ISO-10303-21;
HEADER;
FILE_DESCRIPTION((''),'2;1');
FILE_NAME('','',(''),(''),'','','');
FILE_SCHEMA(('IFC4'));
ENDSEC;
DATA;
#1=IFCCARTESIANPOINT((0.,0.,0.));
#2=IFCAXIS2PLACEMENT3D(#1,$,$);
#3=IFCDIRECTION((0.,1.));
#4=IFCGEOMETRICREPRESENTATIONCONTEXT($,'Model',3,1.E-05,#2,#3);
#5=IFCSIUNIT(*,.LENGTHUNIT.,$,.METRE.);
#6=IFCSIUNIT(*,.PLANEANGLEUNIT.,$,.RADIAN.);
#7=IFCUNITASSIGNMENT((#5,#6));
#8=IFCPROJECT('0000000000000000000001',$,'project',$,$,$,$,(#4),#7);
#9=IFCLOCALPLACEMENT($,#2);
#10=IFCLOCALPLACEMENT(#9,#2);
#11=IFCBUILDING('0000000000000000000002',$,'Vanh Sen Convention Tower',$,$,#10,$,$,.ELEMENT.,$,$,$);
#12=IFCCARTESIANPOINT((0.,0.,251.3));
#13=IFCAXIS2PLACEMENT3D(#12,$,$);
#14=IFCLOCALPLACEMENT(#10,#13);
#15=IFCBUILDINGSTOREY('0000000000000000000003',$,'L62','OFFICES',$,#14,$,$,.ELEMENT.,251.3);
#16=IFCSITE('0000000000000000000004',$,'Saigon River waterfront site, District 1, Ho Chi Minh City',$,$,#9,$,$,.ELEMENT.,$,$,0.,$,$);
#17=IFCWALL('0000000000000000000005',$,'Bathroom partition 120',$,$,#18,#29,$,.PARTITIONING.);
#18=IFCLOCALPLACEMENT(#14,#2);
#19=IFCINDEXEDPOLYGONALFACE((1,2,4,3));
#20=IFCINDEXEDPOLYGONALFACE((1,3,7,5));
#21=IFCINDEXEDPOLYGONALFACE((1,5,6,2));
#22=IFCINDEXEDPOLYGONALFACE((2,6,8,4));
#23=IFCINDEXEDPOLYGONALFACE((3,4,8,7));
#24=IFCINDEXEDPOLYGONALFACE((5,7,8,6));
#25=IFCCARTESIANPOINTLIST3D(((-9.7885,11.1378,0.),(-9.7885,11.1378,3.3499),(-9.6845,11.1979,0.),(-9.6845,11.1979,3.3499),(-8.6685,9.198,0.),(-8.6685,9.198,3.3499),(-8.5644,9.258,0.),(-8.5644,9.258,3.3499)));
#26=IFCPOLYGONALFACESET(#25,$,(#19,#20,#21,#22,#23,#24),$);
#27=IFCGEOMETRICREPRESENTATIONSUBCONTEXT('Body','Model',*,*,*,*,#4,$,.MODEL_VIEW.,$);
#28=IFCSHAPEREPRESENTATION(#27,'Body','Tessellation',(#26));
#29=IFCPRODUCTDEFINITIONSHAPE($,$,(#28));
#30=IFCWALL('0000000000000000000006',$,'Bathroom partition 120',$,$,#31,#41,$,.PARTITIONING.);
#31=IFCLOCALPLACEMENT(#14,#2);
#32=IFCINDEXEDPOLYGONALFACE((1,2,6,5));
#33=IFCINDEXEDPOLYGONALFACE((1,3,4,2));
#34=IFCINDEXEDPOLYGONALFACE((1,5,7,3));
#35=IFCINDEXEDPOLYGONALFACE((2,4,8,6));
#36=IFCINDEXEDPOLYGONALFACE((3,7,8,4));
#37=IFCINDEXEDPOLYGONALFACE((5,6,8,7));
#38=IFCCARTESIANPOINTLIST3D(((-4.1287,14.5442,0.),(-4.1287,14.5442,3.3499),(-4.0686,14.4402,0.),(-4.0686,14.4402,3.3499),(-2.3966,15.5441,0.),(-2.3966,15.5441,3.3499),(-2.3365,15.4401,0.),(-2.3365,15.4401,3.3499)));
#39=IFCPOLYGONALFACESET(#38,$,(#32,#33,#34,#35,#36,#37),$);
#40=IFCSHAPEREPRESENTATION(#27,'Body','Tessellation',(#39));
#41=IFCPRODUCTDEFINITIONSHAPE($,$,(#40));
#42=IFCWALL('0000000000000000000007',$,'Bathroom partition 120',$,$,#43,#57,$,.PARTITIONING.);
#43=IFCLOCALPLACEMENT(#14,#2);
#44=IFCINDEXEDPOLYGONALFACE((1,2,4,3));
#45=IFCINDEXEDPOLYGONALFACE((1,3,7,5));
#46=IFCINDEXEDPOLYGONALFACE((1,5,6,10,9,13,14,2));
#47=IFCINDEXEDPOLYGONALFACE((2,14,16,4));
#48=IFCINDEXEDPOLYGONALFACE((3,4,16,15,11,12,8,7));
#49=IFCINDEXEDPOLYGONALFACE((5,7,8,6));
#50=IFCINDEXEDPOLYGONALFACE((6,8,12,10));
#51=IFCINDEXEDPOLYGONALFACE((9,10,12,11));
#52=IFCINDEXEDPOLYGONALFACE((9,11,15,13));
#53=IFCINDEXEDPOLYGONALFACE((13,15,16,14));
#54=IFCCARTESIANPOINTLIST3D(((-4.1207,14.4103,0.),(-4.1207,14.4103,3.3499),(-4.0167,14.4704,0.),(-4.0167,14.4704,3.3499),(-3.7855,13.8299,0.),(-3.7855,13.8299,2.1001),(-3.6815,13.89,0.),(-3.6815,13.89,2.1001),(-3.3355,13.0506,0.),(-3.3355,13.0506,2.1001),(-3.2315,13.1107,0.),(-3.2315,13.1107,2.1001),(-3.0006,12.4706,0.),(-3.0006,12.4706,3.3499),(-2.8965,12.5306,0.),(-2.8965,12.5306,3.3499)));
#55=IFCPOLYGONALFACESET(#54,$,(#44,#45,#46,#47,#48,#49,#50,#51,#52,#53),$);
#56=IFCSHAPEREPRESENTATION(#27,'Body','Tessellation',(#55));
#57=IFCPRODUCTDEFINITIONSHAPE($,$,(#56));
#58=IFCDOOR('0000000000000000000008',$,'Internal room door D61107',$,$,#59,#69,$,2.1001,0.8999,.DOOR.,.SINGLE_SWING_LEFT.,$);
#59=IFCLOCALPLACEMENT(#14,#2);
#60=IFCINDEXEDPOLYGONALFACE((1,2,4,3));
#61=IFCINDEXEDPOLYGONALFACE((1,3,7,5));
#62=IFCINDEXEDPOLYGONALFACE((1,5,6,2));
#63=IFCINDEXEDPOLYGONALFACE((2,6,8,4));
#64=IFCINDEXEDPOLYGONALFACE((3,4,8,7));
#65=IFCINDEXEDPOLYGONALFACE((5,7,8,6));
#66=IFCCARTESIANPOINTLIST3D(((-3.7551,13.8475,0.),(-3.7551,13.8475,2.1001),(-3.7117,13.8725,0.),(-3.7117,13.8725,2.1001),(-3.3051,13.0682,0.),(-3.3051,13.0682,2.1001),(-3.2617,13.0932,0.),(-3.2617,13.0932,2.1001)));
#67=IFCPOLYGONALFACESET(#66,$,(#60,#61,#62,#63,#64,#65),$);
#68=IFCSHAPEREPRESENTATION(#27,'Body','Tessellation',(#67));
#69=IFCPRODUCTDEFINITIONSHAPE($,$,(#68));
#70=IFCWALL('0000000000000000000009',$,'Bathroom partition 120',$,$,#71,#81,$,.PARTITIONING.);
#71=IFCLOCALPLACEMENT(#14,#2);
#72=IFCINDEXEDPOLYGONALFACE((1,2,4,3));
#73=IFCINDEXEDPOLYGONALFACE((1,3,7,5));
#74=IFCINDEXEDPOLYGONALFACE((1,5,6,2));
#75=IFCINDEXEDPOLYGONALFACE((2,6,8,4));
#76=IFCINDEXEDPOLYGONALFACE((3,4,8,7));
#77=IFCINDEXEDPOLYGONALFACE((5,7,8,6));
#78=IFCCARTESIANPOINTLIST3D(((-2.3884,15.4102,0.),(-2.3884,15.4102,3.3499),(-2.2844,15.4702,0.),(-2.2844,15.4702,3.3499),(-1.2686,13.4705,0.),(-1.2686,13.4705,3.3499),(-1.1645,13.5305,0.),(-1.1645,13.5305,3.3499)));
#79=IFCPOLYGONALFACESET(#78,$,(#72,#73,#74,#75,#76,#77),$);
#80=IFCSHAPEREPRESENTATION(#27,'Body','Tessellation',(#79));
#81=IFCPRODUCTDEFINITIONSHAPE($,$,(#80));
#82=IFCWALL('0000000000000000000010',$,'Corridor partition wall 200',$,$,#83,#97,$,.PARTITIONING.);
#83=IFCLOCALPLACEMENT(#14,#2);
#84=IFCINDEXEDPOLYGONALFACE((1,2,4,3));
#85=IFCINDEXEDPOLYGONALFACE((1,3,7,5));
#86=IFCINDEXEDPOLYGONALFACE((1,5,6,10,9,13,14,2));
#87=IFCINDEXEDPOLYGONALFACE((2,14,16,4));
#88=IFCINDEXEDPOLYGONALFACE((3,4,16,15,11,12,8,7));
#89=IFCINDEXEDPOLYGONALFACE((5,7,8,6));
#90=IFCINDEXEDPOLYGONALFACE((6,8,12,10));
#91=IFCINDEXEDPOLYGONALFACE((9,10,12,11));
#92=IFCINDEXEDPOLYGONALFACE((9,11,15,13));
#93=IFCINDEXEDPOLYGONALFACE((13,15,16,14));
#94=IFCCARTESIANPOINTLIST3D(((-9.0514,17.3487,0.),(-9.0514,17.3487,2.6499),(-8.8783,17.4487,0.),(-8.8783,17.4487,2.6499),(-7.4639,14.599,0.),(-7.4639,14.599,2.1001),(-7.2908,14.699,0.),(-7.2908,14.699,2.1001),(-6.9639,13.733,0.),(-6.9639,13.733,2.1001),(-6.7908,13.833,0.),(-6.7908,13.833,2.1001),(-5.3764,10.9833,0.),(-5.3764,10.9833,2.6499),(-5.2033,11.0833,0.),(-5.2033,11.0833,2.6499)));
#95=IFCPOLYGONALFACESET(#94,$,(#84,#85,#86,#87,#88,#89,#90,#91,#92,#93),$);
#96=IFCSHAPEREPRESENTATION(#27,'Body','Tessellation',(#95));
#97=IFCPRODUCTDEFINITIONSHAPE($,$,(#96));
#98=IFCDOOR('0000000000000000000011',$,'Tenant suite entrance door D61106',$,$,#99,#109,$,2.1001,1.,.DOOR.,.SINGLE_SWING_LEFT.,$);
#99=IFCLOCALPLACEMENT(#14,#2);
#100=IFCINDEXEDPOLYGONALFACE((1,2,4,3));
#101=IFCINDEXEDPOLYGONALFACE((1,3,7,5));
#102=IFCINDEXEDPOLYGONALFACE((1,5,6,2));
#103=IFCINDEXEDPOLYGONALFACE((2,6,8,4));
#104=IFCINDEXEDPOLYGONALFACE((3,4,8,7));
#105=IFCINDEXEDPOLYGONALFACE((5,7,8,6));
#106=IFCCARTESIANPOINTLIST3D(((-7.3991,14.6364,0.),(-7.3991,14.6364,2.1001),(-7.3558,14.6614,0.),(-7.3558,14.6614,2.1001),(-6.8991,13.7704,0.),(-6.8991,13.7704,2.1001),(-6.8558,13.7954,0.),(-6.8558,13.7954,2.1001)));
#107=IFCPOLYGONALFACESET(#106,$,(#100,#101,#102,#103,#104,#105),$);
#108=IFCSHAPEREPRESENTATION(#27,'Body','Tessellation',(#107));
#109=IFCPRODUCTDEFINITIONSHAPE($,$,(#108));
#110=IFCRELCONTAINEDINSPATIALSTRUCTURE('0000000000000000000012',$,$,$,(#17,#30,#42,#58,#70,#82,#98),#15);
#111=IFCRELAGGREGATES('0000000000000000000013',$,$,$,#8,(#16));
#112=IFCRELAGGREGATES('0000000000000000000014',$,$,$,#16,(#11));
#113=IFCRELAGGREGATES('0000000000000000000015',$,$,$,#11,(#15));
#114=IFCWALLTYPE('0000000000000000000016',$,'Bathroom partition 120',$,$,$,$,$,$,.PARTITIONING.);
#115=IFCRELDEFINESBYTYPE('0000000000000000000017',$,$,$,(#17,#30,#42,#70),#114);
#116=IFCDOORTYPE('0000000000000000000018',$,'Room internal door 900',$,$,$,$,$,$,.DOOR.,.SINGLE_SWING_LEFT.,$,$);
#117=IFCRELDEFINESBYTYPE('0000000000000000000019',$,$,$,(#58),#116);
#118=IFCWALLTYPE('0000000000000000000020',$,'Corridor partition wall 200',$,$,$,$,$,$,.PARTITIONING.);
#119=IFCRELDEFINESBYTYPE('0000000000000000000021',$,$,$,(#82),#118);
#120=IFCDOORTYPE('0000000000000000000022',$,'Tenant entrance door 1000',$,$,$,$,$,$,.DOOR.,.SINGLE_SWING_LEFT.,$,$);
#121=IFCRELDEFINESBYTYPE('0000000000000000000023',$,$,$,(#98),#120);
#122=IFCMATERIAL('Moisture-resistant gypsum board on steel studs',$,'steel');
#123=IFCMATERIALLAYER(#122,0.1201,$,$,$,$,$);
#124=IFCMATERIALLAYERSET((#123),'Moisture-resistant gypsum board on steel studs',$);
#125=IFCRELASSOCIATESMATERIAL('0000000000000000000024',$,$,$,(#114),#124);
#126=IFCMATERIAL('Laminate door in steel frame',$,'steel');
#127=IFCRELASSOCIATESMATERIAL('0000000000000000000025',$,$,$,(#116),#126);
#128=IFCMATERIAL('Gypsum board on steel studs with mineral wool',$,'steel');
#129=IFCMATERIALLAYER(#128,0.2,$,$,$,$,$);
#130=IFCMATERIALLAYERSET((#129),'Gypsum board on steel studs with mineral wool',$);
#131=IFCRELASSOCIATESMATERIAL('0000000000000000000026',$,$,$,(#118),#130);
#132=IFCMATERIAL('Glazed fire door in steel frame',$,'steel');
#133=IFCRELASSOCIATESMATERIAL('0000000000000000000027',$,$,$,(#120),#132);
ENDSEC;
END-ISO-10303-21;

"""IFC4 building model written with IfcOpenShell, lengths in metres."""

from ifc_helpers import new_model, si_unit, direction, frame, frame_2d, origin, place, context, subcontext, project, spatial, rectangle, extrude, material, layer, layer_set, type_object, element, fill, save


model = new_model("IFC4")

# Units and contexts
model_context = context("Model", 3, precision=1e-05, world=origin(), true_north=direction((0.0, 1.0)))
body_context = subcontext(model_context, "Body", "Model", "MODEL_VIEW")
ifc_project = project(units=[si_unit("LENGTHUNIT", "METRE"), si_unit("PLANEANGLEUNIT", "RADIAN")], contexts=[model_context])

# Site, building, storey
site_placement = place(None, origin())
site = spatial("IfcSite", under=ifc_project, at=site_placement, Name="Saigon River waterfront site, District 1, Ho Chi Minh City", CompositionType="ELEMENT", RefElevation=0.0)
building_placement = place(site_placement, origin())
building = spatial("IfcBuilding", under=site, at=building_placement, Name="Vanh Sen Convention Tower", CompositionType="ELEMENT")
storey_placement = place(building_placement, frame((0.0, 0.0, 251.3)))
storey = spatial("IfcBuildingStorey", under=building, at=storey_placement, Name="L62", Description="OFFICES", CompositionType="ELEMENT", Elevation=251.3)

# Walls
ifc_material_1 = material(Name="Moisture-resistant gypsum board on steel studs", Category="steel")
ifc_layer_1 = layer(ifc_material_1, 0.1201)
ifc_layer_set_1 = layer_set([ifc_layer_1], Name="Moisture-resistant gypsum board on steel studs")
wall_type_1 = type_object("IfcWallType", Name="Bathroom partition 120", PredefinedType="PARTITIONING", material=ifc_layer_set_1)
wall_1_placement = place(storey_placement, frame((-9.7366, 11.168, 0.0), z_axis=(0.0, 0.0, 1.0), x_axis=(0.500031, -0.866008, 0.0)))
element("IfcWall", 1, at=wall_1_placement, inside=storey, type_object=wall_type_1, Name="Bathroom partition 120", PredefinedType="PARTITIONING", context=body_context, shape_type="SweptSolid", body=[
    extrude(rectangle(XDim=2.24, YDim=0.1201, at=frame_2d((1.1201, 0.0))), origin(), (0.0, 0.0, 1.0), 3.3499),
])
wall_2_placement = place(storey_placement, frame((-4.0986, 14.4922, 0.0), z_axis=(0.0, 0.0, 1.0), x_axis=(0.866041, 0.499973, 0.0)))
element("IfcWall", 2, at=wall_2_placement, inside=storey, type_object=wall_type_1, Name="Bathroom partition 120", PredefinedType="PARTITIONING", context=body_context, shape_type="SweptSolid", body=[
    extrude(rectangle(XDim=2.0, YDim=0.1201, at=frame_2d((1.0, 0.0))), origin(), (0.0, 0.0, 1.0), 3.3499),
])

# Wall, opening, door
wall_3_placement = place(storey_placement, frame((-2.9485, 12.5005, 0.0), z_axis=(0.0, 0.0, 1.0), x_axis=(-0.500078, 0.86598, 0.0)))
wall_3 = element("IfcWall", 3, at=wall_3_placement, inside=storey, type_object=wall_type_1, Name="Bathroom partition 120", PredefinedType="PARTITIONING", context=body_context, shape_type="SweptSolid", body=[
    extrude(rectangle(XDim=2.24, YDim=0.1201, at=frame_2d((1.1201, 0.0))), origin(), (0.0, 0.0, 1.0), 3.3499),
])
opening_1_placement = place(wall_3_placement, frame((0.6699, 0.0, 0.0)))
opening_1 = element("IfcOpeningElement", 4, at=opening_1_placement, cuts=wall_3, PredefinedType="OPENING", context=body_context, shape_type="SweptSolid", body=[
    extrude(rectangle(XDim=0.8999, YDim=2.1001, at=frame_2d((0.45, 1.05))), frame((0.0, 0.0701, 0.0), z_axis=(0.0, -1.0, 0.0), x_axis=(1.0, 0.0, 0.0)), (0.0, 0.0, 1.0), 0.1401),
])
ifc_material_2 = material(Name="Laminate door in steel frame", Category="steel")
door_type_1 = type_object("IfcDoorType", Name="Room internal door 900", OperationType="SINGLE_SWING_LEFT", PredefinedType="DOOR", material=ifc_material_2)
door_1_placement = place(opening_1_placement, origin())
door_1 = element("IfcDoor", 5, at=door_1_placement, inside=storey, type_object=door_type_1, Name="Internal room door D61107", OperationType="SINGLE_SWING_LEFT", OverallHeight=2.1001, OverallWidth=0.8999, PredefinedType="DOOR", context=body_context, shape_type="SweptSolid", body=[
    extrude(rectangle(XDim=0.8999, YDim=2.1001, at=frame_2d((0.45, 1.05))), frame((0.0, 0.0249, 0.0), z_axis=(0.0, -1.0, 0.0), x_axis=(1.0, 0.0, 0.0)), (0.0, 0.0, 1.0), 0.05),
])
fill(opening_1, door_1)

# Wall
wall_4_placement = place(storey_placement, frame((-2.3364, 15.4402, 0.0), z_axis=(0.0, 0.0, 1.0), x_axis=(0.499996, -0.866028, 0.0)))
element("IfcWall", 6, at=wall_4_placement, inside=storey, type_object=wall_type_1, Name="Bathroom partition 120", PredefinedType="PARTITIONING", context=body_context, shape_type="SweptSolid", body=[
    extrude(rectangle(XDim=2.2397, YDim=0.1201, at=frame_2d((1.1199, 0.0))), origin(), (0.0, 0.0, 1.0), 3.3499),
])

# Wall, opening, door
ifc_material_3 = material(Name="Gypsum board on steel studs with mineral wool", Category="steel")
ifc_layer_2 = layer(ifc_material_3, 0.2)
ifc_layer_set_2 = layer_set([ifc_layer_2], Name="Gypsum board on steel studs with mineral wool")
wall_type_2 = type_object("IfcWallType", Name="Corridor partition wall 200", PredefinedType="PARTITIONING", material=ifc_layer_set_2)
wall_5_placement = place(storey_placement, frame((-8.9648, 17.3987, 0.0), z_axis=(0.0, 0.0, 1.0), x_axis=(0.499994, -0.866029, 0.0)))
wall_5 = element("IfcWall", 7, at=wall_5_placement, inside=storey, type_object=wall_type_2, Name="Corridor partition wall 200", PredefinedType="PARTITIONING", context=body_context, shape_type="SweptSolid", body=[
    extrude(rectangle(XDim=7.3501, YDim=0.2, at=frame_2d((3.675, 0.0))), origin(), (0.0, 0.0, 1.0), 2.6499),
])
opening_2_placement = place(wall_5_placement, frame((3.175, 0.0, 0.0)))
opening_2 = element("IfcOpeningElement", 8, at=opening_2_placement, cuts=wall_5, PredefinedType="OPENING", context=body_context, shape_type="SweptSolid", body=[
    extrude(rectangle(XDim=1.0, YDim=2.1001, at=frame_2d((0.5, 1.05))), frame((0.0, 0.1099, 0.0), z_axis=(0.0, -1.0, 0.0), x_axis=(1.0, 0.0, 0.0)), (0.0, 0.0, 1.0), 0.22),
])
ifc_material_4 = material(Name="Glazed fire door in steel frame", Category="steel")
door_type_2 = type_object("IfcDoorType", Name="Tenant entrance door 1000", OperationType="SINGLE_SWING_LEFT", PredefinedType="DOOR", material=ifc_material_4)
door_2_placement = place(opening_2_placement, origin())
door_2 = element("IfcDoor", 9, at=door_2_placement, inside=storey, type_object=door_type_2, Name="Tenant suite entrance door D61106", OperationType="SINGLE_SWING_LEFT", OverallHeight=2.1001, OverallWidth=1.0, PredefinedType="DOOR", context=body_context, shape_type="SweptSolid", body=[
    extrude(rectangle(XDim=1.0, YDim=2.1001, at=frame_2d((0.5, 1.05))), frame((0.0, 0.0249, 0.0), z_axis=(0.0, -1.0, 0.0), x_axis=(1.0, 0.0, 0.0)), (0.0, 0.0, 1.0), 0.05),
])
fill(opening_2, door_2)

save(model, "model.ifc")
